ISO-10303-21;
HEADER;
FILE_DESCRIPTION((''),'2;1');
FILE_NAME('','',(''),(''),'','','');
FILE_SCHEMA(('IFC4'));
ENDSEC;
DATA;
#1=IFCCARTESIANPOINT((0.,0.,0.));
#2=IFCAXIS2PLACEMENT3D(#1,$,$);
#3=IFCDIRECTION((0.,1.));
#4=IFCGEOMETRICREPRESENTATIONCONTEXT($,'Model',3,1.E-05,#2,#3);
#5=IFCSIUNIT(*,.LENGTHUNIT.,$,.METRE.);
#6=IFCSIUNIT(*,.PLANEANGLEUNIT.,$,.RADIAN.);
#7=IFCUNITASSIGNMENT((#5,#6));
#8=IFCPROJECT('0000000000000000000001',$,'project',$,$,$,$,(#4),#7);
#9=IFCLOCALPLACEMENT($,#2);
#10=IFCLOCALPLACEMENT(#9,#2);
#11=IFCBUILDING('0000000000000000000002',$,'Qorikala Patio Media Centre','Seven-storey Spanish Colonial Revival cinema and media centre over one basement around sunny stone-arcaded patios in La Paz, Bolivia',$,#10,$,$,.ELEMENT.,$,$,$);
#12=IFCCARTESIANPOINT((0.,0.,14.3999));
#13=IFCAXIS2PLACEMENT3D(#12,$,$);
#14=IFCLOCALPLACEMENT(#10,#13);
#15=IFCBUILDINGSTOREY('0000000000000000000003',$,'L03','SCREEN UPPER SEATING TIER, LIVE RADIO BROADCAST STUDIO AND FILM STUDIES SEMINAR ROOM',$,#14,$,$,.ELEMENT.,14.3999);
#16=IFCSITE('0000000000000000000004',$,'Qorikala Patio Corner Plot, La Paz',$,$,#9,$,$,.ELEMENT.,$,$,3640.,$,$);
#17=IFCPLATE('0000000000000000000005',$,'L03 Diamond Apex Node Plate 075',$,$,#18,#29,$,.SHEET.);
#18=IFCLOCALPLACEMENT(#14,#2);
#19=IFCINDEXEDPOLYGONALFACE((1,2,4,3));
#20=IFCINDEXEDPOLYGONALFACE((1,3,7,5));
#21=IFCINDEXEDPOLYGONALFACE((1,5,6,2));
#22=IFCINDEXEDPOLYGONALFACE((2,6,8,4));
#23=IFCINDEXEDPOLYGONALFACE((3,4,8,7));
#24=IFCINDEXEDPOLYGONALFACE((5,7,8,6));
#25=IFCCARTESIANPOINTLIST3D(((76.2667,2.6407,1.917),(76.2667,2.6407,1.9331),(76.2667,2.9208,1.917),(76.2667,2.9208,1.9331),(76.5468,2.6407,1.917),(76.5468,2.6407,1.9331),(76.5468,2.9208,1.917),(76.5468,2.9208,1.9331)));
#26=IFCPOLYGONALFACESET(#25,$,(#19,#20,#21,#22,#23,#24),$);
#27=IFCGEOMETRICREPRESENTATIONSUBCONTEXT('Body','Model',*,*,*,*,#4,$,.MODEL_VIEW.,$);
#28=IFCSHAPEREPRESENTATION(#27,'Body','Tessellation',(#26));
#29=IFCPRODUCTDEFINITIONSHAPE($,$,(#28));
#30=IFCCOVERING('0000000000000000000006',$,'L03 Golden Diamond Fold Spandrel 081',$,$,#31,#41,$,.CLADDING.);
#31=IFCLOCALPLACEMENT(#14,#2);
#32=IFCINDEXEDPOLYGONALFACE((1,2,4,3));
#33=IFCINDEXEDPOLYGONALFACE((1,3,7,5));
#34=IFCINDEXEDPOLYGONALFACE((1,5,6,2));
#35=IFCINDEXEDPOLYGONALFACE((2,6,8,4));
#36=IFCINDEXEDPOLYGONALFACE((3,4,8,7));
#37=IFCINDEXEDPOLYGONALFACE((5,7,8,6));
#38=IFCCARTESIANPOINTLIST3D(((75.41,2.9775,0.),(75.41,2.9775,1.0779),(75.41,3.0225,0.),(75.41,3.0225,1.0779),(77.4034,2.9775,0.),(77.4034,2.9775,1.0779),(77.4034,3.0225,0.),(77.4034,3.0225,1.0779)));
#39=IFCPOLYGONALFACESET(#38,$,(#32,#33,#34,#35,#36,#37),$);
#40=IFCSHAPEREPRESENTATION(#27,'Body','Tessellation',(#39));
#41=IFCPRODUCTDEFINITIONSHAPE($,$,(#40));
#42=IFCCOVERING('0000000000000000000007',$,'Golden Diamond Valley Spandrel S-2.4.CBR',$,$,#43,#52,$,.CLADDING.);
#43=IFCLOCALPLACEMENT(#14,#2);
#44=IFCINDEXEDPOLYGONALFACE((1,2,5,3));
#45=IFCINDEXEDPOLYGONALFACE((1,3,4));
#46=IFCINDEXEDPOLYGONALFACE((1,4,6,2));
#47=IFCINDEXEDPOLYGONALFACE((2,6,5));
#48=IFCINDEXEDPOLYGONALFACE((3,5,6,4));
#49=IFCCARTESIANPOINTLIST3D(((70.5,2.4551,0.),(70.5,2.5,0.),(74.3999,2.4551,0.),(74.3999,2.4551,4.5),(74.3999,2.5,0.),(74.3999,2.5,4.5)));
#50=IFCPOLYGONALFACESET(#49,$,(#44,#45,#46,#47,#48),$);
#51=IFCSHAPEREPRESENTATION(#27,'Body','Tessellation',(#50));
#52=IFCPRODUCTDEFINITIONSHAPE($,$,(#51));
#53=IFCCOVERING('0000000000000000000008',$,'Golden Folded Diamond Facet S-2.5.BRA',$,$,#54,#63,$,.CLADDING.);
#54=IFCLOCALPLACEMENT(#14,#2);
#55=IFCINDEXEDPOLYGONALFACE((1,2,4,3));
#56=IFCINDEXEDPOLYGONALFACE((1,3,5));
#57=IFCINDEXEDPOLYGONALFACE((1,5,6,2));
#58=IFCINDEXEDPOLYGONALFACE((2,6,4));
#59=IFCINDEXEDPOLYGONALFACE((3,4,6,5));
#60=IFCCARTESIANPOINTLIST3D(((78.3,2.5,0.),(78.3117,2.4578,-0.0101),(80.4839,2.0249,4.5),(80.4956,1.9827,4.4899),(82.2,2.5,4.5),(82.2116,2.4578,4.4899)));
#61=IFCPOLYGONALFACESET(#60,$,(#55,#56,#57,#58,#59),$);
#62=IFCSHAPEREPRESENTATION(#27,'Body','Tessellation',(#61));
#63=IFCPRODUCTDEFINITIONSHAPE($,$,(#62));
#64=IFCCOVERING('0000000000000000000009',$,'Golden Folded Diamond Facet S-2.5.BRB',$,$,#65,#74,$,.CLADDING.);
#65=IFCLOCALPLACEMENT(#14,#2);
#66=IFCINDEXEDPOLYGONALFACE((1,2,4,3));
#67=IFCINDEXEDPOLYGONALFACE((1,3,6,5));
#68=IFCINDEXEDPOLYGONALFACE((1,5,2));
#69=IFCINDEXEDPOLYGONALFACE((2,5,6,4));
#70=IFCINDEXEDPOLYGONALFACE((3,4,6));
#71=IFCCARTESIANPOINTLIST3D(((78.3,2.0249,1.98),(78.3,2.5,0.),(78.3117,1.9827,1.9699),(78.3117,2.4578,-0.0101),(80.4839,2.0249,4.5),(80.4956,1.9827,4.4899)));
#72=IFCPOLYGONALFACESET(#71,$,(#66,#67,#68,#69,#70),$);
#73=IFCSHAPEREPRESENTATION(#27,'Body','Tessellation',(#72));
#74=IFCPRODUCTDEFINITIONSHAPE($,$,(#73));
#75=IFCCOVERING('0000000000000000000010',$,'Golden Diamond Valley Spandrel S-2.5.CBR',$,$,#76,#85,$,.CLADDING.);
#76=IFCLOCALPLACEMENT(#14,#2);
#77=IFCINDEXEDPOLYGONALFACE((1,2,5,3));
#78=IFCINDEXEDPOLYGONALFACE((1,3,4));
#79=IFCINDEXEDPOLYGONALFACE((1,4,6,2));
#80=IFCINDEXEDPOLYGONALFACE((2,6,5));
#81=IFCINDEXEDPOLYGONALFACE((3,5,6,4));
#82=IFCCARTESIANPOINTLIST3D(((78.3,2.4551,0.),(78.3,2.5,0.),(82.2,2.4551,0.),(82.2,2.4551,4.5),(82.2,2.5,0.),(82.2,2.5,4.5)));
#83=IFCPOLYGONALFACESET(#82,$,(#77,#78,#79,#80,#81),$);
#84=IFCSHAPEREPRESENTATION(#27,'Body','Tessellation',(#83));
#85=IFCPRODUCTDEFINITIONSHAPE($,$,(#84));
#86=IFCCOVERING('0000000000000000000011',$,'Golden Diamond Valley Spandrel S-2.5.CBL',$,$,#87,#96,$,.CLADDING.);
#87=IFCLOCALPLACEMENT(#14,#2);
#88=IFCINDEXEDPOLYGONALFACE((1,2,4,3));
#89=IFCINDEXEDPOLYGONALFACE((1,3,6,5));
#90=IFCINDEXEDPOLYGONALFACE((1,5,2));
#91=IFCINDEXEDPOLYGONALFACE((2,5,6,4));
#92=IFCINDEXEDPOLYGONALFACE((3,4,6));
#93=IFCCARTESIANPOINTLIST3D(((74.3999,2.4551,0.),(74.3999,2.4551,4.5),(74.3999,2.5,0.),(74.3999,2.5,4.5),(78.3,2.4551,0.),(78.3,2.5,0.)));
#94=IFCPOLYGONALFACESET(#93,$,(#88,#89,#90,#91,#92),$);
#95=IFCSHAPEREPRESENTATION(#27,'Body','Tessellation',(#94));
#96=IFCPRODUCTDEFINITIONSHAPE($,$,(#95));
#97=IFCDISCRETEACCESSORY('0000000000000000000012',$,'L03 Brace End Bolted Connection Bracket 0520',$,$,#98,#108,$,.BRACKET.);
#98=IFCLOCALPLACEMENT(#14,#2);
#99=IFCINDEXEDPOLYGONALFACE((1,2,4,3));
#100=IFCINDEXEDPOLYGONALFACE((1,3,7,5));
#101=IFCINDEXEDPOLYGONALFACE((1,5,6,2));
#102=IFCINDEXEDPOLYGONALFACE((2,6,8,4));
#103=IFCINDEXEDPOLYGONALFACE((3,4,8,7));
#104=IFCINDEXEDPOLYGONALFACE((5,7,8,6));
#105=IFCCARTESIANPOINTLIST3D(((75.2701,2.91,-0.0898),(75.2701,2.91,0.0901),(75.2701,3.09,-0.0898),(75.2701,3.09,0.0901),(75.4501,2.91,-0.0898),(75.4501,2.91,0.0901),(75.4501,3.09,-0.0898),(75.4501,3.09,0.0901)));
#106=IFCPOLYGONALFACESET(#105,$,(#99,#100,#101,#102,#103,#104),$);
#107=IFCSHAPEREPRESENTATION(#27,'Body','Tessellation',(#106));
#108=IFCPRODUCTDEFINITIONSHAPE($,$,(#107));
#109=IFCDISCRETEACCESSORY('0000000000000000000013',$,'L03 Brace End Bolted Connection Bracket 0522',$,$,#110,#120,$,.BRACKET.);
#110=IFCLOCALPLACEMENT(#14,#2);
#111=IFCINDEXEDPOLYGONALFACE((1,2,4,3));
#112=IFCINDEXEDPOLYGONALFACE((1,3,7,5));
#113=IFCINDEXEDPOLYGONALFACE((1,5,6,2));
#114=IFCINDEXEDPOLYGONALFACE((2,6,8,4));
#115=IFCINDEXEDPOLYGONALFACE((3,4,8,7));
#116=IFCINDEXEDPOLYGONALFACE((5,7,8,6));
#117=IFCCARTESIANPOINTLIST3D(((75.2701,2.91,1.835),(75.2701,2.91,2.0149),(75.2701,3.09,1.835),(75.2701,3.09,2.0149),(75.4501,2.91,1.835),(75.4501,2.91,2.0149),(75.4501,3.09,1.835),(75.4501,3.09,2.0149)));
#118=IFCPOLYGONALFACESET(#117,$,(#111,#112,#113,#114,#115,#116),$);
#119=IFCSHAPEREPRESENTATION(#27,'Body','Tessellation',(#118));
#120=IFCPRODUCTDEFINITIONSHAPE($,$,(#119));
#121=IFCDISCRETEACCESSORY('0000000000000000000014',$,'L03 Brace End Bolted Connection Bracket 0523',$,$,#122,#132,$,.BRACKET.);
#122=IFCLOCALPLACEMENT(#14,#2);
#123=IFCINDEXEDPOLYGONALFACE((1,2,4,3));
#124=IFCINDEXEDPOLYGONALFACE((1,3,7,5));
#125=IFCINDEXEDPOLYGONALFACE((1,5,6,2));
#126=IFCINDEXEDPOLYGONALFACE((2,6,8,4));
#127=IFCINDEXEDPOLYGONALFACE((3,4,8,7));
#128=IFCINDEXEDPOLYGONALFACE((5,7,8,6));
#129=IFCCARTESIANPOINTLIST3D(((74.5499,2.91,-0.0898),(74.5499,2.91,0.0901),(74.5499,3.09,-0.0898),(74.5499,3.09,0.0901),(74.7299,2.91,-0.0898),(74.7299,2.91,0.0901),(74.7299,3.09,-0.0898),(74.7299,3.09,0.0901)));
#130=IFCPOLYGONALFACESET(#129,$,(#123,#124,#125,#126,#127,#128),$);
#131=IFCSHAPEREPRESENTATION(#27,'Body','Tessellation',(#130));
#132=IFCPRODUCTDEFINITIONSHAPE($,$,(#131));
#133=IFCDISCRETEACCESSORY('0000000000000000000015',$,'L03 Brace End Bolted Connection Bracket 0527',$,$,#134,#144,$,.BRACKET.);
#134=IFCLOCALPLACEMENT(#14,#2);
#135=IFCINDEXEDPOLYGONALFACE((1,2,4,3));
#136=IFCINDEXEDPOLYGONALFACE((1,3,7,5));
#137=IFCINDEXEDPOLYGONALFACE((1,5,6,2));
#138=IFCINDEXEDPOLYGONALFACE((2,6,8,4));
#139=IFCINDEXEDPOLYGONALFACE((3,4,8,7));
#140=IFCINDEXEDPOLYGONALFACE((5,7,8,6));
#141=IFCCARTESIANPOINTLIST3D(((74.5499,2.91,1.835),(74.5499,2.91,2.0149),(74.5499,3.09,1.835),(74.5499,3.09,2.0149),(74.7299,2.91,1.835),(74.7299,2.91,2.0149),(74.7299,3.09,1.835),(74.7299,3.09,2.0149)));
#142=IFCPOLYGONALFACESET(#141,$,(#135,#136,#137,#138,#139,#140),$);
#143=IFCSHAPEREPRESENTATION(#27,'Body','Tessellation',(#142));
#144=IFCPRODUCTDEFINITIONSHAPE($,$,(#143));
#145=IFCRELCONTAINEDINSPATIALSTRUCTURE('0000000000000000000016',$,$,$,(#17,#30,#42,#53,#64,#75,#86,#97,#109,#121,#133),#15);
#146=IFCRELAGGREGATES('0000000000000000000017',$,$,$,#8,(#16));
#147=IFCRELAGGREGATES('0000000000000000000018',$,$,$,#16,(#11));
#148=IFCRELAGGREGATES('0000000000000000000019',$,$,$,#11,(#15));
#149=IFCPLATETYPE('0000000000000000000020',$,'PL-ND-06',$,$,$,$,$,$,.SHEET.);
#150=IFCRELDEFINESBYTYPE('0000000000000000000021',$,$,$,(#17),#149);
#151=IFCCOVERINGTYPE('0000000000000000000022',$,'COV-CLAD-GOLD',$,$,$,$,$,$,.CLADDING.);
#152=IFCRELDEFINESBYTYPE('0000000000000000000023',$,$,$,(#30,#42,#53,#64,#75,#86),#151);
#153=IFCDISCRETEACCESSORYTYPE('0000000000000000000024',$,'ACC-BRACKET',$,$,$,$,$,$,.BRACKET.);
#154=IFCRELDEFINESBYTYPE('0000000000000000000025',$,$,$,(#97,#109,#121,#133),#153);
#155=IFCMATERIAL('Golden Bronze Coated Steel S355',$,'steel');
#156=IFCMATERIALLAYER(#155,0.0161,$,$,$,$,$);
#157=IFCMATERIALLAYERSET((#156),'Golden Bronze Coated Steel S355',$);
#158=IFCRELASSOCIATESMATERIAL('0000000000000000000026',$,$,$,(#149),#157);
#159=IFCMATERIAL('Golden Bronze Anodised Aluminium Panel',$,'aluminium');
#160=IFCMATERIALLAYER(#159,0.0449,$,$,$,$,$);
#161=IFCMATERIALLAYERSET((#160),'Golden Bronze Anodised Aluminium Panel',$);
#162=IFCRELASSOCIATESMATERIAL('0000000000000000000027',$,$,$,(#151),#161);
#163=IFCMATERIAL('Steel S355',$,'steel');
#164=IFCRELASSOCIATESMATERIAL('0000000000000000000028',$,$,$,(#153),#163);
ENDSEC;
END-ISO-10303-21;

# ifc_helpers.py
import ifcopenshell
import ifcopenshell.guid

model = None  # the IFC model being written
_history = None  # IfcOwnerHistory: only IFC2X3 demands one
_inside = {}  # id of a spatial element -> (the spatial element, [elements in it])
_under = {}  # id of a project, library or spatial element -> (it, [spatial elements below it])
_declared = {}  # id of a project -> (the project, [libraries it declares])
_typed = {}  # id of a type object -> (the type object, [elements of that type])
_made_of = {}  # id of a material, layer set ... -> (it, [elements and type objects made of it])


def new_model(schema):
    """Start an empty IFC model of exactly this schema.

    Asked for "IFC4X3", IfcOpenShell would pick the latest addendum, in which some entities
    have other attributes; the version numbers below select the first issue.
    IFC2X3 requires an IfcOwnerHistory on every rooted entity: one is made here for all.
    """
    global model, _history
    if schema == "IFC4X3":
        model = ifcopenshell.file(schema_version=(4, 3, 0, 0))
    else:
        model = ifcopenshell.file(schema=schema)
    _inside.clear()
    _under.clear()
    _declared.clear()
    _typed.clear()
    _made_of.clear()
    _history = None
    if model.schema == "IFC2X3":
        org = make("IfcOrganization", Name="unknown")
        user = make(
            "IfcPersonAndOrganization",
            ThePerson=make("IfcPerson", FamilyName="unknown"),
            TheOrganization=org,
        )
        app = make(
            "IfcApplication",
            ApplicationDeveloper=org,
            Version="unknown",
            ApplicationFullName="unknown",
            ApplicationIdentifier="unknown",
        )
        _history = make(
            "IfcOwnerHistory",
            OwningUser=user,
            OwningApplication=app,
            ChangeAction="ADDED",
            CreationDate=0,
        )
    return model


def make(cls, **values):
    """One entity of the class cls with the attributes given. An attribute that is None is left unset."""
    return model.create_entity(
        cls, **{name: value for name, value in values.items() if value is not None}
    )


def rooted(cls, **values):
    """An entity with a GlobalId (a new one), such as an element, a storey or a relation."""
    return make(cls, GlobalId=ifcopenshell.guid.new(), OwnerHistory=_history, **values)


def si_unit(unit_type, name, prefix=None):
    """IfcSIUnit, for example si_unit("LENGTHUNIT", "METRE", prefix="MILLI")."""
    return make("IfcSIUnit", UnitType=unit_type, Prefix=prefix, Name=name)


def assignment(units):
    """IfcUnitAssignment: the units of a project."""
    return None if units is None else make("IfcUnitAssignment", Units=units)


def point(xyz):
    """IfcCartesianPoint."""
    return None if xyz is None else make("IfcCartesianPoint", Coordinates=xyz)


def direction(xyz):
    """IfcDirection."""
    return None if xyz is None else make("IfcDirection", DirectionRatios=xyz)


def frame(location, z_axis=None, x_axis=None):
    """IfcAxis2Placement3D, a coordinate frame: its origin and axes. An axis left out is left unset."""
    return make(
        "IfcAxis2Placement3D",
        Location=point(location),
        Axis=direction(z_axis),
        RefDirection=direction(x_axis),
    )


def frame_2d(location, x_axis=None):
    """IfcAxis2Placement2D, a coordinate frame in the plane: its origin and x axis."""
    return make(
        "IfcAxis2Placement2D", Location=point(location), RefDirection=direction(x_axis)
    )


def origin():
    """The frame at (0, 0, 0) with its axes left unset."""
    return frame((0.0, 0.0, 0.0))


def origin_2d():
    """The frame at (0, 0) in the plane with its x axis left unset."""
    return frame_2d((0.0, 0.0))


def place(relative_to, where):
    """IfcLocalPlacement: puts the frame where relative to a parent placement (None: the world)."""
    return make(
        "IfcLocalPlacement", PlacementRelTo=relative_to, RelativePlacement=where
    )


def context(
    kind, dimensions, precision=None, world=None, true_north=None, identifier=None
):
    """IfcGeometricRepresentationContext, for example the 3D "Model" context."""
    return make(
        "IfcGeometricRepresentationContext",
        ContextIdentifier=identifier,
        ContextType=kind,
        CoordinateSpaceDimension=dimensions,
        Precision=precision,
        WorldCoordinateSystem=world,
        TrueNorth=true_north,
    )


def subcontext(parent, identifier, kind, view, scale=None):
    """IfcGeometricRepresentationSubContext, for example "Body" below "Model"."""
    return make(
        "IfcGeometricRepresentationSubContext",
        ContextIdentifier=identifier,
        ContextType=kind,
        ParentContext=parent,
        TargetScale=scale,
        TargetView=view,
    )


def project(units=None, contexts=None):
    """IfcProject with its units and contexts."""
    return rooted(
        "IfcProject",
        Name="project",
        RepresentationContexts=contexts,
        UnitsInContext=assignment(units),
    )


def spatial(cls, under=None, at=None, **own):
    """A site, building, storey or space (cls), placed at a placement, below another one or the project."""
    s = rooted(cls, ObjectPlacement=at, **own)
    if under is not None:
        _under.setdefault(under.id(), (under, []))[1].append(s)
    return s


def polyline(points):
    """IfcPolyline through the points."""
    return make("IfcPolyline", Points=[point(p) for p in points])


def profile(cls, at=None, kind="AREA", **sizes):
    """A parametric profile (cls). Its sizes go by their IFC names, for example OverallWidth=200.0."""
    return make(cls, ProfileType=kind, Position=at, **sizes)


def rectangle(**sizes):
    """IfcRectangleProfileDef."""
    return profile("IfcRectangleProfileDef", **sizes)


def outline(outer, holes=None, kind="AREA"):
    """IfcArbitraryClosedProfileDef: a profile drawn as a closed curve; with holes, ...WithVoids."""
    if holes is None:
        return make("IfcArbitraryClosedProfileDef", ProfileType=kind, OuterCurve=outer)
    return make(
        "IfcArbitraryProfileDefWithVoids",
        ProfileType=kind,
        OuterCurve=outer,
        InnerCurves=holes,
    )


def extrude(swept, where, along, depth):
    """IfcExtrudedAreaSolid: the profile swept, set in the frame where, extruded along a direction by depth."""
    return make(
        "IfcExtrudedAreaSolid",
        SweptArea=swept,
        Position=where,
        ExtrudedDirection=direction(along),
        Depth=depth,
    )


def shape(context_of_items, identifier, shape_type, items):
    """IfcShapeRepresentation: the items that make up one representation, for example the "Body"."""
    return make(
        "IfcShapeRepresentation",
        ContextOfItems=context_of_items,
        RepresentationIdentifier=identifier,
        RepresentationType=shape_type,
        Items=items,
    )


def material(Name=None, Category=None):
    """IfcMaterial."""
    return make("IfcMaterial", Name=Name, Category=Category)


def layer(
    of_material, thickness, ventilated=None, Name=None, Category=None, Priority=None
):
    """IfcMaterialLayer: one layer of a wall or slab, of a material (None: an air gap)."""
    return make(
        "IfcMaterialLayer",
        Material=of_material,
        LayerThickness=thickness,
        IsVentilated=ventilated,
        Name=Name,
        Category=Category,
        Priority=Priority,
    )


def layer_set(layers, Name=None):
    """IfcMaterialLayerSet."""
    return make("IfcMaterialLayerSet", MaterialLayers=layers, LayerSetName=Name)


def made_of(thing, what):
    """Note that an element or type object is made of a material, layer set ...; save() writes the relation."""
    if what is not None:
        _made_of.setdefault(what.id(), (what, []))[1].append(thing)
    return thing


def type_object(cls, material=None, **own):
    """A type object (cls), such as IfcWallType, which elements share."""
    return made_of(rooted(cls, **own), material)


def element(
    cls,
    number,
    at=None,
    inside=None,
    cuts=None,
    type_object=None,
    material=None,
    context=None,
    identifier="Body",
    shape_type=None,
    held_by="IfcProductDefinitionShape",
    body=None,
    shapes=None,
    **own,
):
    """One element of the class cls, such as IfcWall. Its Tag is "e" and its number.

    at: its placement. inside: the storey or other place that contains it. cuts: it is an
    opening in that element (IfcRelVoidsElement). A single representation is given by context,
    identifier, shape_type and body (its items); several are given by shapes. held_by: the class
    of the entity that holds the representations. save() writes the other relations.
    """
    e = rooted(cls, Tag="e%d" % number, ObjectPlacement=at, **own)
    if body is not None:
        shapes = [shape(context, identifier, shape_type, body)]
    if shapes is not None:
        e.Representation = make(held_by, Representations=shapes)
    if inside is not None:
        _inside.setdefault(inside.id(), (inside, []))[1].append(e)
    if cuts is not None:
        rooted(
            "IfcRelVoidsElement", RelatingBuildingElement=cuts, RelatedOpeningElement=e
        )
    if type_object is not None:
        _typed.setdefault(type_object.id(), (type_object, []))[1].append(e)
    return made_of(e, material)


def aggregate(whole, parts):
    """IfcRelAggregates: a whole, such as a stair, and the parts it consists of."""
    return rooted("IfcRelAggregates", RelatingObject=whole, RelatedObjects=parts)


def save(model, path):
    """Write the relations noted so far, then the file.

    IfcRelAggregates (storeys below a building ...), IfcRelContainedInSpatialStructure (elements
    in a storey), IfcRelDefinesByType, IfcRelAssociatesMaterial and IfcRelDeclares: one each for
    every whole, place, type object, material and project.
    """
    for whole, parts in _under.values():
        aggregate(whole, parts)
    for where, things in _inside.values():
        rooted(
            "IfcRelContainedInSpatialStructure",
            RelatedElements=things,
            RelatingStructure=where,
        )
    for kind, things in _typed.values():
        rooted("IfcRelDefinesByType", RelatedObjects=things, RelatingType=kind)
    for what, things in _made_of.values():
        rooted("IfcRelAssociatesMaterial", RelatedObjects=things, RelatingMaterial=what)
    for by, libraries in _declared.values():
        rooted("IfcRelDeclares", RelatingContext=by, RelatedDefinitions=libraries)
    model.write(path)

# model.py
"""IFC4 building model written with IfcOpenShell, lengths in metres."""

from ifc_helpers import new_model, si_unit, direction, frame, origin, origin_2d, place, context, subcontext, project, spatial, polyline, rectangle, outline, extrude, material, layer, layer_set, type_object, element, save


model = new_model("IFC4")

# Units and contexts
model_context = context("Model", 3, precision=1e-05, world=origin(), true_north=direction((0.0, 1.0)))
body_context = subcontext(model_context, "Body", "Model", "MODEL_VIEW")
ifc_project = project(units=[si_unit("LENGTHUNIT", "METRE"), si_unit("PLANEANGLEUNIT", "RADIAN")], contexts=[model_context])

# Site, building, storey
site_placement = place(None, origin())
site = spatial("IfcSite", under=ifc_project, at=site_placement, Name="Qorikala Patio Corner Plot, La Paz", CompositionType="ELEMENT", RefElevation=3640.0)
building_placement = place(site_placement, origin())
building = spatial("IfcBuilding", under=site, at=building_placement, Name="Qorikala Patio Media Centre", Description="Seven-storey Spanish Colonial Revival cinema and media centre over one basement around sunny stone-arcaded patios in La Paz, Bolivia", CompositionType="ELEMENT")
storey_placement = place(building_placement, frame((0.0, 0.0, 14.3999)))
storey = spatial("IfcBuildingStorey", under=building, at=storey_placement, Name="L03", Description="SCREEN UPPER SEATING TIER, LIVE RADIO BROADCAST STUDIO AND FILM STUDIES SEMINAR ROOM", CompositionType="ELEMENT", Elevation=14.3999)

# Shared definitions
ifc_material_1 = material(Name="Golden Bronze Coated Steel S355", Category="steel")

# Plate
ifc_layer_1 = layer(ifc_material_1, 0.0161)
ifc_layer_set_1 = layer_set([ifc_layer_1], Name="Golden Bronze Coated Steel S355")
plate_type_1 = type_object("IfcPlateType", Name="PL-ND-06", PredefinedType="SHEET", material=ifc_layer_set_1)
for number, where, z_axis, x_axis, name in (
    (1, (76.4067, 2.7808, 1.917), (0.0, 0.0, 1.0), (-1.0, 0.0, 0.0), "L03 Diamond Apex Node Plate 075"),
):
    element("IfcPlate", number, at=place(storey_placement, frame(where, z_axis=z_axis, x_axis=x_axis)), inside=storey, type_object=plate_type_1, Name=name, PredefinedType="SHEET", context=body_context, shape_type="SweptSolid", body=[
        extrude(rectangle(XDim=0.28, YDim=0.28, at=origin_2d()), origin(), (0.0, 0.0, 1.0), 0.0161),
    ])

# Coverings
ifc_material_2 = material(Name="Golden Bronze Anodised Aluminium Panel", Category="aluminium")
ifc_layer_2 = layer(ifc_material_2, 0.0449)
ifc_layer_set_2 = layer_set([ifc_layer_2], Name="Golden Bronze Anodised Aluminium Panel")
covering_type = type_object("IfcCoveringType", Name="COV-CLAD-GOLD", PredefinedType="CLADDING", material=ifc_layer_set_2)
covering_1_placement = place(storey_placement, frame((76.4067, 3.0, 0.0), z_axis=(0.0, 0.0, 1.0), x_axis=(-1.0, 0.0, 0.0)))
element("IfcCovering", 2, at=covering_1_placement, inside=storey, type_object=covering_type, Name="L03 Golden Diamond Fold Spandrel 081", PredefinedType="CLADDING", context=body_context, shape_type="SweptSolid", body=[
    extrude(rectangle(XDim=1.9934, YDim=0.0449, at=origin_2d()), origin(), (0.0, 0.0, 1.0), 1.0779),
])
covering_2_placement = place(storey_placement, frame((74.3999, 2.5, 0.0), z_axis=(0.0, 1.0, 0.0), x_axis=(-1.0, 0.0, 0.0)))
element("IfcCovering", 3, at=covering_2_placement, inside=storey, type_object=covering_type, Name="Golden Diamond Valley Spandrel S-2.4.CBR", PredefinedType="CLADDING", context=body_context, shape_type="SweptSolid", body=[
    extrude(outline(polyline([(0.0, 0.0), (3.8999, 0.0), (0.0, 4.5), (0.0, 0.0)])), origin(), (0.0, 0.0, -1.0), 0.0449),
])
covering_3_placement = place(storey_placement, frame((78.3, 2.5, 0.0), z_axis=(-0.259957, 0.938971, 0.22529), x_axis=(0.654921, 0.0, 0.755697)))
element("IfcCovering", 4, at=covering_3_placement, inside=storey, type_object=covering_type, Name="Golden Folded Diamond Facet S-2.5.BRA", PredefinedType="CLADDING", context=body_context, shape_type="SweptSolid", body=[
    extrude(outline(polyline([(0.0, 0.0), (5.9548, 0.0), (4.8309, -1.3811), (0.0, 0.0)])), origin(), (0.0, 0.0, -1.0), 0.0449),
])
covering_4_placement = place(storey_placement, frame((78.3, 2.5, 0.0), z_axis=(-0.259987, 0.938959, 0.225304), x_axis=(0.434644, -0.094558, 0.895625)))
element("IfcCovering", 5, at=covering_4_placement, inside=storey, type_object=covering_type, Name="Golden Folded Diamond Facet S-2.5.BRB", PredefinedType="CLADDING", context=body_context, shape_type="SweptSolid", body=[
    extrude(outline(polyline([(0.0, 0.0), (5.0244, 0.0), (1.8182, -0.9165), (0.0, 0.0)])), origin(), (0.0, 0.0, -1.0), 0.0449),
])
covering_5_placement = place(storey_placement, frame((82.2, 2.5, 0.0), z_axis=(0.0, 1.0, 0.0), x_axis=(-1.0, 0.0, 0.0)))
element("IfcCovering", 6, at=covering_5_placement, inside=storey, type_object=covering_type, Name="Golden Diamond Valley Spandrel S-2.5.CBR", PredefinedType="CLADDING", context=body_context, shape_type="SweptSolid", body=[
    extrude(outline(polyline([(0.0, 0.0), (3.8999, 0.0), (0.0, 4.5), (0.0, 0.0)])), origin(), (0.0, 0.0, -1.0), 0.0449),
])
covering_6_placement = place(storey_placement, frame((74.3999, 2.5, 0.0), z_axis=(0.0, 1.0, 0.0), x_axis=(0.0, 0.0, 1.0)))
element("IfcCovering", 7, at=covering_6_placement, inside=storey, type_object=covering_type, Name="Golden Diamond Valley Spandrel S-2.5.CBL", PredefinedType="CLADDING", context=body_context, shape_type="SweptSolid", body=[
    extrude(outline(polyline([(0.0, 0.0), (4.5, 0.0), (0.0, 3.9001), (0.0, 0.0)])), origin(), (0.0, 0.0, -1.0), 0.0449),
])

# Discrete accessories
ifc_material_3 = material(Name="Steel S355", Category="steel")
discrete_accessory_type = type_object("IfcDiscreteAccessoryType", Name="ACC-BRACKET", PredefinedType="BRACKET", material=ifc_material_3)
for number, where, z_axis, x_axis, name in (
    (8, (75.3601, 3.0, -0.0898), (0.0, 0.0, 1.0), (1.0, 0.0, 0.0), "L03 Brace End Bolted Connection Bracket 0520"),
    (9, (75.3601, 3.0, 1.835), (0.0, 0.0, 1.0), (1.0, 0.0, 0.0), "L03 Brace End Bolted Connection Bracket 0522"),
    (10, (74.6399, 3.0, -0.0898), (0.0, 0.0, 1.0), (1.0, 0.0, 0.0), "L03 Brace End Bolted Connection Bracket 0523"),
    (11, (74.6399, 3.0, 1.835), (0.0, 0.0, 1.0), (1.0, 0.0, 0.0), "L03 Brace End Bolted Connection Bracket 0527"),
):
    element("IfcDiscreteAccessory", number, at=place(storey_placement, frame(where, z_axis=z_axis, x_axis=x_axis)), inside=storey, type_object=discrete_accessory_type, Name=name, PredefinedType="BRACKET", context=body_context, shape_type="SweptSolid", body=[
        extrude(rectangle(XDim=0.1799, YDim=0.1799, at=origin_2d()), origin(), (0.0, 0.0, 1.0), 0.1799),
    ])

save(model, "model.ifc")
